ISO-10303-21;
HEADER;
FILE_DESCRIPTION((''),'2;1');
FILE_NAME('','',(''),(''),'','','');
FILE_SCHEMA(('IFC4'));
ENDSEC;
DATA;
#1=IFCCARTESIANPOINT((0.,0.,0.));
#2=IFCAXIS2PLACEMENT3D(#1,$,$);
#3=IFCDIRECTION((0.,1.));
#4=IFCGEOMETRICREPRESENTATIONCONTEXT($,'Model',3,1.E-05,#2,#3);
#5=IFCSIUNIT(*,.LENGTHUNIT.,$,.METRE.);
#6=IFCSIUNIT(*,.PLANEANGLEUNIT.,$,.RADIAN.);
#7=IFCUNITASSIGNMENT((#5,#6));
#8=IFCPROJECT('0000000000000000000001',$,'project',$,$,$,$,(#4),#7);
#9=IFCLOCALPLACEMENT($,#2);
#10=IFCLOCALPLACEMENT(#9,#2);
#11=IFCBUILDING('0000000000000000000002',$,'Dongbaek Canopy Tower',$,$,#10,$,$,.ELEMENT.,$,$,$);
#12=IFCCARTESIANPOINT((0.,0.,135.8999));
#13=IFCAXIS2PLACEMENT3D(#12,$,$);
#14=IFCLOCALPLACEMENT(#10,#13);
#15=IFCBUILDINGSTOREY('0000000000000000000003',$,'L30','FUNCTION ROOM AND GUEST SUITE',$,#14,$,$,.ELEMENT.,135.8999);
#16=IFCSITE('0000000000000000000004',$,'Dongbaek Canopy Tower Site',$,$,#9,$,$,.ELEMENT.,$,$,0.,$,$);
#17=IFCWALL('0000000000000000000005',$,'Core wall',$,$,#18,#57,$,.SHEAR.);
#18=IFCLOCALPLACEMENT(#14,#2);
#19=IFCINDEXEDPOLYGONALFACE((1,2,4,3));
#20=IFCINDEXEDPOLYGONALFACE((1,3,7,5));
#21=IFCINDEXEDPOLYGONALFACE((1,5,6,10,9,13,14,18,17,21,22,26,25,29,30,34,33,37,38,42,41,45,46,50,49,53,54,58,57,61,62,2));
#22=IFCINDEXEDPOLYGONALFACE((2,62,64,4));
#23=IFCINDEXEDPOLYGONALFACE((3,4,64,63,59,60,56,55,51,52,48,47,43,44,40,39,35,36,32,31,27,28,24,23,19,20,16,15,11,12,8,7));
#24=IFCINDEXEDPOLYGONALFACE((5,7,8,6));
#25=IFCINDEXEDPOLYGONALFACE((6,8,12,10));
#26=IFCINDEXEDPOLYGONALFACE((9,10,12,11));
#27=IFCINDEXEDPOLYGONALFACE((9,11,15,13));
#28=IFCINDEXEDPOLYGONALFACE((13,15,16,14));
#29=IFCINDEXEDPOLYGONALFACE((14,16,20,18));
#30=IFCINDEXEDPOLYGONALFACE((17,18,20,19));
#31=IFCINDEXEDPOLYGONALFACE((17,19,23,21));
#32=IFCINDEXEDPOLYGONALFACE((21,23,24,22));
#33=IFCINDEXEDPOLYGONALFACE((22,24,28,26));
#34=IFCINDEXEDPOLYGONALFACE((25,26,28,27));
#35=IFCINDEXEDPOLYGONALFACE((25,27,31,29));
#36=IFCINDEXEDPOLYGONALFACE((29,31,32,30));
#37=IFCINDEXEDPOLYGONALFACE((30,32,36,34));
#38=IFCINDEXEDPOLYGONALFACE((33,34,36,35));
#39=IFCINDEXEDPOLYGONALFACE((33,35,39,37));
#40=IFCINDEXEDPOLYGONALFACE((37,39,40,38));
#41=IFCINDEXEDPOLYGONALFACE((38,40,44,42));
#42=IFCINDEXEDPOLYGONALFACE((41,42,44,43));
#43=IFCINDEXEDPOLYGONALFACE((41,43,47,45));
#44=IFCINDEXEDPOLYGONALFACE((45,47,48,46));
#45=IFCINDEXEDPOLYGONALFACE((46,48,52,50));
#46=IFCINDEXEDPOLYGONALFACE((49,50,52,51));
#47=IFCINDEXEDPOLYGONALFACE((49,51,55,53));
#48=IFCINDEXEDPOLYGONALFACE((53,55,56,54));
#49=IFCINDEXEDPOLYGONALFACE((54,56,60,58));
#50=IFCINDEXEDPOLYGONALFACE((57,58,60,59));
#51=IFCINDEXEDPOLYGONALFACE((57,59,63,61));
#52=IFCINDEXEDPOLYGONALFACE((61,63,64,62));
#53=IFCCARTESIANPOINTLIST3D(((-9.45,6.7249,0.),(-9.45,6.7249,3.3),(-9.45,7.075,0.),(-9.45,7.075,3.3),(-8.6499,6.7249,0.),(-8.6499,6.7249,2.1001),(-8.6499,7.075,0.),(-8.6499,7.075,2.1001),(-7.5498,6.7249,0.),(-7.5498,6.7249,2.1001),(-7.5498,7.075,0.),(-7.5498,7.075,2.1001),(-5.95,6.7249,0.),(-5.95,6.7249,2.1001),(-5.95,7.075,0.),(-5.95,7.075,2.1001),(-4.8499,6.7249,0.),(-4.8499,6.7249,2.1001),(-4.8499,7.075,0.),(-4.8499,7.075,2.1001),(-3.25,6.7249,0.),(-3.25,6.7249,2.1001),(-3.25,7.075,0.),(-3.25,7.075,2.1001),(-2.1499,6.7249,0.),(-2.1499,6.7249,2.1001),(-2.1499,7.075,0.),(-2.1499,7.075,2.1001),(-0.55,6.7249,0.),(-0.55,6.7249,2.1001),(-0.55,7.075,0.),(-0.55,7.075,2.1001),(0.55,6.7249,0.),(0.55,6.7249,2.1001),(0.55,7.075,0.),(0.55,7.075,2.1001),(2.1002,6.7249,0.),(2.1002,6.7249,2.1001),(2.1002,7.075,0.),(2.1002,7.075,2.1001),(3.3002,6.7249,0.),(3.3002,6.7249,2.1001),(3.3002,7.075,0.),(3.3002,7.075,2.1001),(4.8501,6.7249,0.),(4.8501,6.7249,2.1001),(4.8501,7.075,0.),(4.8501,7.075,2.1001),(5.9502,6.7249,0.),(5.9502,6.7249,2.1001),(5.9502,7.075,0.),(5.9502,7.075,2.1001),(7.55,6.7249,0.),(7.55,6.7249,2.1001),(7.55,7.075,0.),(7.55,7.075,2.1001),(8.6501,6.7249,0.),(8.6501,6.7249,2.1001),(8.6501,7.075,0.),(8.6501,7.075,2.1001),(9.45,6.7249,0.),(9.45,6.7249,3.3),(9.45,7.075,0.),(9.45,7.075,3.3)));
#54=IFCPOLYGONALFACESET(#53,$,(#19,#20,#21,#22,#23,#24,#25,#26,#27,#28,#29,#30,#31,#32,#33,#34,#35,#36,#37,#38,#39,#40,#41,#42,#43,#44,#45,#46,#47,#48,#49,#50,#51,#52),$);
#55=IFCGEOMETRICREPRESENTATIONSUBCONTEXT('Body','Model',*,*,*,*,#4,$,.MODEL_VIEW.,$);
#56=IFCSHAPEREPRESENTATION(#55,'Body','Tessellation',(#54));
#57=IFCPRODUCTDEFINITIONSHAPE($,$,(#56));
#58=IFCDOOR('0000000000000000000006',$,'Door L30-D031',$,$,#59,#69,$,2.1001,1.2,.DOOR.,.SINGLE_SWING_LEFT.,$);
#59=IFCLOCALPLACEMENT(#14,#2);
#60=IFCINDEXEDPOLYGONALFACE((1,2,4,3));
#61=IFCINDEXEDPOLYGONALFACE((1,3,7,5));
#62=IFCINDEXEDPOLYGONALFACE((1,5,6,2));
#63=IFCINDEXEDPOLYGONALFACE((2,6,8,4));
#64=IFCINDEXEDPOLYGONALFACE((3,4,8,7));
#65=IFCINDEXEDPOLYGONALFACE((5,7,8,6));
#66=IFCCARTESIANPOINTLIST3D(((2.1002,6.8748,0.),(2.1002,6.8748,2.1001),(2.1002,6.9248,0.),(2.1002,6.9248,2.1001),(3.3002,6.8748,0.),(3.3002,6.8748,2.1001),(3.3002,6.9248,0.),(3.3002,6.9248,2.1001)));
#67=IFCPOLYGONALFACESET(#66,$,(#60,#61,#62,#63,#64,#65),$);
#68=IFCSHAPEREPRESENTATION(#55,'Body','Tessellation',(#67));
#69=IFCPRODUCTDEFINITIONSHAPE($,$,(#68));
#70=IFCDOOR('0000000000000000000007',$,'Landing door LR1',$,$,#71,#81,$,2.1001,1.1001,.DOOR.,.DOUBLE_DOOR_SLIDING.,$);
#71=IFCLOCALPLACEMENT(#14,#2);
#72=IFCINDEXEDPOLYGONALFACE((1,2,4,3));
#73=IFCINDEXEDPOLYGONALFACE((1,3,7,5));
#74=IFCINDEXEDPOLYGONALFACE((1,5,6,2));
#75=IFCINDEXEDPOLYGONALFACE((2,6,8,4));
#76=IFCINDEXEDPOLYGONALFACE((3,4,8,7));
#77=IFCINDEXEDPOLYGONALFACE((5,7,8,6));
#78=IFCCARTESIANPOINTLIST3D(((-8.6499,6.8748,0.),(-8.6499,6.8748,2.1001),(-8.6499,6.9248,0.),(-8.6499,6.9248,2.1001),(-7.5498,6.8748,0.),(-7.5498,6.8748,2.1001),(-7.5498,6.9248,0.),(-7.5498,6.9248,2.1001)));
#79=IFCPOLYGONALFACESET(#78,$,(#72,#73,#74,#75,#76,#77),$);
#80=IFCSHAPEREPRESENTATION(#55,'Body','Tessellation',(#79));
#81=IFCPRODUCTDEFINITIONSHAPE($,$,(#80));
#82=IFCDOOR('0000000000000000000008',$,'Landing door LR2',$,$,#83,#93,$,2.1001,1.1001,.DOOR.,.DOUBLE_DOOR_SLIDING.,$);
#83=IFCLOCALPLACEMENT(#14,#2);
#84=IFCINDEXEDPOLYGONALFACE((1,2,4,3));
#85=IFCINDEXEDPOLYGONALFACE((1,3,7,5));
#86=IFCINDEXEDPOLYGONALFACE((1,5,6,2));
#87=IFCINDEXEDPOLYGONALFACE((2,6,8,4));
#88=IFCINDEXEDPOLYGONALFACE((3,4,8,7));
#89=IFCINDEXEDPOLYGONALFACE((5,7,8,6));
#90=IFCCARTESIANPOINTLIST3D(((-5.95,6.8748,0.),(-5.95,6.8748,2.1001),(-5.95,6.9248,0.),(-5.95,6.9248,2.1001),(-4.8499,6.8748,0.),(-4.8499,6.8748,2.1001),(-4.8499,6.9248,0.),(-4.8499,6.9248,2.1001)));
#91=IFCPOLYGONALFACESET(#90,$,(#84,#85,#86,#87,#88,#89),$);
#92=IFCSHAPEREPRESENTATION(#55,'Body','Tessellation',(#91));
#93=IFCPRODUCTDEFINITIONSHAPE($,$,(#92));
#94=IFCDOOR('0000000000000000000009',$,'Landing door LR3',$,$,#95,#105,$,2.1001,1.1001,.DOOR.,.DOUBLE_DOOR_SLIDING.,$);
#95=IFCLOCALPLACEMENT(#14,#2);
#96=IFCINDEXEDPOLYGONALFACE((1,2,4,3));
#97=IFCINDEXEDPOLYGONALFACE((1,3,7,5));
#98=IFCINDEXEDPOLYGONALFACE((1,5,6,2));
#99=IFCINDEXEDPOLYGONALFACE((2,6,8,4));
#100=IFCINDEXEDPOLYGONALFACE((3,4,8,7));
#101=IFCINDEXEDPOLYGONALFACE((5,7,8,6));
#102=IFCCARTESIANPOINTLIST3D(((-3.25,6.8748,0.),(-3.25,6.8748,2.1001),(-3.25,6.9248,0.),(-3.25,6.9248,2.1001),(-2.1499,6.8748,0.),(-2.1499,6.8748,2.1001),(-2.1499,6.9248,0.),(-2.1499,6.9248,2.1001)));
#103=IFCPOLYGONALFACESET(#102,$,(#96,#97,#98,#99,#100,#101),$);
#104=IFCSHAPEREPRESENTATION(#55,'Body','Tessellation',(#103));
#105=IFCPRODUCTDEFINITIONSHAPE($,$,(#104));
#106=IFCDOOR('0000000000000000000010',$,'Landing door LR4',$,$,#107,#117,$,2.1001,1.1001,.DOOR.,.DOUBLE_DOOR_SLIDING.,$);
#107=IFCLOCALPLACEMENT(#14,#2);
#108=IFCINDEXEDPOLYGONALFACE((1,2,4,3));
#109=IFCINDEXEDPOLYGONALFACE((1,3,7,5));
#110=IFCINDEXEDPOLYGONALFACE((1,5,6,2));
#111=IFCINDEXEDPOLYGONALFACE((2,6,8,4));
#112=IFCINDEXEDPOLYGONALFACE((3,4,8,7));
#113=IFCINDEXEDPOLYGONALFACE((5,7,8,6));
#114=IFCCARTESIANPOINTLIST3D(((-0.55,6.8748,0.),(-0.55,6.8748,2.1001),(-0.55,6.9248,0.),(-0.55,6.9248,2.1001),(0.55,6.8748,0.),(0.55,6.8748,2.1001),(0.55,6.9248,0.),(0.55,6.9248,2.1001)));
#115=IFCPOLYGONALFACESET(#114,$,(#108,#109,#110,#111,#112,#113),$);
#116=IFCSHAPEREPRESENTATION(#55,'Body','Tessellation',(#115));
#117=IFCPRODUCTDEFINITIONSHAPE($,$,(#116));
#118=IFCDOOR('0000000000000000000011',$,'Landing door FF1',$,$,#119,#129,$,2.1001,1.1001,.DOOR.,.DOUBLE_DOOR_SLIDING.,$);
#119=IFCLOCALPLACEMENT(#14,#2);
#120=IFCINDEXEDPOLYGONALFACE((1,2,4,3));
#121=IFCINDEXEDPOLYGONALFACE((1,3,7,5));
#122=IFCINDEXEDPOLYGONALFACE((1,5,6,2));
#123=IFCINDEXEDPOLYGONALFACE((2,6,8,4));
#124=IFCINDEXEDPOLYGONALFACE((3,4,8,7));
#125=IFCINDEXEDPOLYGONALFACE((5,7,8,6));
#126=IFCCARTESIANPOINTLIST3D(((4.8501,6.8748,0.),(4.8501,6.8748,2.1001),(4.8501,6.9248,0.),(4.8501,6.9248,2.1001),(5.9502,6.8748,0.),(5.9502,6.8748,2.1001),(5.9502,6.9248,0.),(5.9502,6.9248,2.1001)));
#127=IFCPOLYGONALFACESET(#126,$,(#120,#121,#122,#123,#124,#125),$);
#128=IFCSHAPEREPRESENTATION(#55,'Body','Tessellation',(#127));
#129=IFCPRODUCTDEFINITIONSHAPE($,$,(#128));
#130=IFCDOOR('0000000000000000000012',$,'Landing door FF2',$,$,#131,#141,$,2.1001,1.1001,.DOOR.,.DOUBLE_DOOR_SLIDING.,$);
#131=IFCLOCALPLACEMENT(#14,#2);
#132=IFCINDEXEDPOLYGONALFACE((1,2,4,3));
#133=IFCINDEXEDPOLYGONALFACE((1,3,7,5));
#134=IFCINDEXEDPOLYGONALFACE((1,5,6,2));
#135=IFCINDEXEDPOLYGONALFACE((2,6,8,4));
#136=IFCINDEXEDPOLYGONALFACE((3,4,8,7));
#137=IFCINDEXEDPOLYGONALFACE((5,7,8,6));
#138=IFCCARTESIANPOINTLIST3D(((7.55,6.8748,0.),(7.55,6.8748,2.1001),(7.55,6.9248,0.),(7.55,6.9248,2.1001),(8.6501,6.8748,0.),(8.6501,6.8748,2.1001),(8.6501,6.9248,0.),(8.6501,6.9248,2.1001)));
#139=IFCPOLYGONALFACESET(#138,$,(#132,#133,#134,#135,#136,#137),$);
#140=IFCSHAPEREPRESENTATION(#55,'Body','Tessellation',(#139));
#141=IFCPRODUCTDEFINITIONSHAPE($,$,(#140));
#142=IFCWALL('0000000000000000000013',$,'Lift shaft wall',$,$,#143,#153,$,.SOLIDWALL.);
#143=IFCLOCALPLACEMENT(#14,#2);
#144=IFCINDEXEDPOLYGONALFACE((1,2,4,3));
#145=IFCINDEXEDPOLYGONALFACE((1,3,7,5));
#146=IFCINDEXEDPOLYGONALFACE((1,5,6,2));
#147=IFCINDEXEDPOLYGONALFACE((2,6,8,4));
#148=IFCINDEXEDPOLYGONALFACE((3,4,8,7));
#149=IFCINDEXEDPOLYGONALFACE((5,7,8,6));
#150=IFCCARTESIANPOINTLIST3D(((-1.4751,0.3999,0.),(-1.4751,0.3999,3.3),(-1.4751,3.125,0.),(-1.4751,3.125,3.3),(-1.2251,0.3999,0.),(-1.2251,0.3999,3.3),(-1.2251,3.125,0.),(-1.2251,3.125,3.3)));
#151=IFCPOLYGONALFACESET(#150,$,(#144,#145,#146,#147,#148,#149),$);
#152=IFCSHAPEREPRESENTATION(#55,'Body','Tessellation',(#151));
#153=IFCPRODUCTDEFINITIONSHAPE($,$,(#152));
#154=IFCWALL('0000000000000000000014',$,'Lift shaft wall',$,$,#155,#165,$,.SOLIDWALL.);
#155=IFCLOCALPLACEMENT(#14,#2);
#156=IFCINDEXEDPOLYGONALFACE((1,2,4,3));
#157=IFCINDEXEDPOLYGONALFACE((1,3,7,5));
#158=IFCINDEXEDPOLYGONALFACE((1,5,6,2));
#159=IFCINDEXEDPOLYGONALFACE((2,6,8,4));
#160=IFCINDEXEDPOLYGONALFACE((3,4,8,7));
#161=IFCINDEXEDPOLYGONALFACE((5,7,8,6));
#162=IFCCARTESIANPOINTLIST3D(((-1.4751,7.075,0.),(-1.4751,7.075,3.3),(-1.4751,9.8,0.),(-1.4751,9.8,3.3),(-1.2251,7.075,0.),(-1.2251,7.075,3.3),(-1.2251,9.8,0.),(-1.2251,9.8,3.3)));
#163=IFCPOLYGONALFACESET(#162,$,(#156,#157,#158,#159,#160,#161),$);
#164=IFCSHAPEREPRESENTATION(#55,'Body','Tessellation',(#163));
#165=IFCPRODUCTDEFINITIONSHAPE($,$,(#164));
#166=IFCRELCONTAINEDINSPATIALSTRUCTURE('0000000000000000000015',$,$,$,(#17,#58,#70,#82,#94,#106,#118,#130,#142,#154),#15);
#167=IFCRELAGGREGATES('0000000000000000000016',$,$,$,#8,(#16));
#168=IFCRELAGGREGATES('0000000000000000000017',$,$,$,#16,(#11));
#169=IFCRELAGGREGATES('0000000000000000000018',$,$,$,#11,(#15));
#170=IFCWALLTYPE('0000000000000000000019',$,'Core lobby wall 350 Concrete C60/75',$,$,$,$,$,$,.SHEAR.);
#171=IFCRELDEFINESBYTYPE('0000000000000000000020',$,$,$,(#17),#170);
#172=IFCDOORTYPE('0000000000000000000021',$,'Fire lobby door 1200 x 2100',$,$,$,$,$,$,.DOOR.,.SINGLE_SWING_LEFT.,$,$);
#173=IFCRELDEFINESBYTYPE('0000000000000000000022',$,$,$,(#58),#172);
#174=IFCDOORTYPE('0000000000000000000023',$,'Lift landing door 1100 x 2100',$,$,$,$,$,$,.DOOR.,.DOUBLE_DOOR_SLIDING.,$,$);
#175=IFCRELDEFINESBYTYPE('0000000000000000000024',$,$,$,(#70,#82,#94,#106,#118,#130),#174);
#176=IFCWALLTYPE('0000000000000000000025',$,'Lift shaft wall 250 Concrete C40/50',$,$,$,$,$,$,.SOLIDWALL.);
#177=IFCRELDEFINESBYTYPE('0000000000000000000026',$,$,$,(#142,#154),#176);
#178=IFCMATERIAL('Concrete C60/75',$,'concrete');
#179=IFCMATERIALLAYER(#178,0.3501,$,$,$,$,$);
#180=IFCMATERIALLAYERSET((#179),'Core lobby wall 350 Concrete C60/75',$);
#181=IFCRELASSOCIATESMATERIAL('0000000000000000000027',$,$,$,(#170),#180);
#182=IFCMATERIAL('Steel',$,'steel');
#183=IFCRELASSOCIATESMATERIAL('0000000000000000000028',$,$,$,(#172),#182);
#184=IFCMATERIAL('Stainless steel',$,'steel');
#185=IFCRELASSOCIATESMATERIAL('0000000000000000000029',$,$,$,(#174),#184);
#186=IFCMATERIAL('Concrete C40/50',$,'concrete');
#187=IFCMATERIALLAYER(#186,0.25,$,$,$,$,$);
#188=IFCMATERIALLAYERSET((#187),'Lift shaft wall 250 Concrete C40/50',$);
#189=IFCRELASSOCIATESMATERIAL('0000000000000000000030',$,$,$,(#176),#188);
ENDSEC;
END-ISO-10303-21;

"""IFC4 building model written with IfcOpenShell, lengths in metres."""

from ifc_helpers import new_model, si_unit, direction, frame, frame_2d, origin, place, context, subcontext, project, spatial, rectangle, extrude, material, layer, layer_set, type_object, element, fill, save


model = new_model("IFC4")

# Units and contexts
model_context = context("Model", 3, precision=1e-05, world=origin(), true_north=direction((0.0, 1.0)))
body_context = subcontext(model_context, "Body", "Model", "MODEL_VIEW")
ifc_project = project(units=[si_unit("LENGTHUNIT", "METRE"), si_unit("PLANEANGLEUNIT", "RADIAN")], contexts=[model_context])

# Site, building, storey
site_placement = place(None, origin())
site = spatial("IfcSite", under=ifc_project, at=site_placement, Name="Dongbaek Canopy Tower Site", CompositionType="ELEMENT", RefElevation=0.0)
building_placement = place(site_placement, origin())
building = spatial("IfcBuilding", under=site, at=building_placement, Name="Dongbaek Canopy Tower", CompositionType="ELEMENT")
storey_placement = place(building_placement, frame((0.0, 0.0, 135.8999)))
storey = spatial("IfcBuildingStorey", under=building, at=storey_placement, Name="L30", Description="FUNCTION ROOM AND GUEST SUITE", CompositionType="ELEMENT", Elevation=135.8999)

# Wall, openings, doors
ifc_material_1 = material(Name="Concrete C60/75", Category="concrete")
ifc_layer_1 = layer(ifc_material_1, 0.3501)
ifc_layer_set_1 = layer_set([ifc_layer_1], Name="Core lobby wall 350 Concrete C60/75")
wall_type_1 = type_object("IfcWallType", Name="Core lobby wall 350 Concrete C60/75", PredefinedType="SHEAR", material=ifc_layer_set_1)
wall_1_placement = place(storey_placement, frame((-9.45, 6.8999, 0.0), z_axis=(0.0, 0.0, 1.0), x_axis=(1.0, 0.0, 0.0)))
wall_1 = element("IfcWall", 1, at=wall_1_placement, inside=storey, type_object=wall_type_1, Name="Core wall", PredefinedType="SHEAR", context=body_context, shape_type="SweptSolid", body=[
    extrude(rectangle(XDim=18.8999, YDim=0.3501, at=frame_2d((9.45, 0.0))), origin(), (0.0, 0.0, 1.0), 3.3),
])
opening_1_placement = place(wall_1_placement, frame((0.8, 0.0, 0.0)))
opening_1 = element("IfcOpeningElement", 2, at=opening_1_placement, cuts=wall_1, PredefinedType="OPENING", context=body_context, shape_type="SweptSolid", body=[
    extrude(rectangle(XDim=1.1001, YDim=2.1001, at=frame_2d((0.55, 1.05))), frame((0.0, 0.1851, 0.0), z_axis=(0.0, -1.0, 0.0), x_axis=(1.0, 0.0, 0.0)), (0.0, 0.0, 1.0), 0.3701),
])
opening_2_placement = place(wall_1_placement, frame((3.5, 0.0, 0.0)))
opening_2 = element("IfcOpeningElement", 3, at=opening_2_placement, cuts=wall_1, PredefinedType="OPENING", context=body_context, shape_type="SweptSolid", body=[
    extrude(rectangle(XDim=1.1001, YDim=2.1001, at=frame_2d((0.55, 1.05))), frame((0.0, 0.1851, 0.0), z_axis=(0.0, -1.0, 0.0), x_axis=(1.0, 0.0, 0.0)), (0.0, 0.0, 1.0), 0.3701),
])
opening_3_placement = place(wall_1_placement, frame((6.2, 0.0, 0.0)))
opening_3 = element("IfcOpeningElement", 4, at=opening_3_placement, cuts=wall_1, PredefinedType="OPENING", context=body_context, shape_type="SweptSolid", body=[
    extrude(rectangle(XDim=1.1001, YDim=2.1001, at=frame_2d((0.55, 1.05))), frame((0.0, 0.1851, 0.0), z_axis=(0.0, -1.0, 0.0), x_axis=(1.0, 0.0, 0.0)), (0.0, 0.0, 1.0), 0.3701),
])
opening_4_placement = place(wall_1_placement, frame((8.8999, 0.0, 0.0)))
opening_4 = element("IfcOpeningElement", 5, at=opening_4_placement, cuts=wall_1, PredefinedType="OPENING", context=body_context, shape_type="SweptSolid", body=[
    extrude(rectangle(XDim=1.1001, YDim=2.1001, at=frame_2d((0.55, 1.05))), frame((0.0, 0.1851, 0.0), z_axis=(0.0, -1.0, 0.0), x_axis=(1.0, 0.0, 0.0)), (0.0, 0.0, 1.0), 0.3701),
])
opening_5_placement = place(wall_1_placement, frame((11.55, 0.0, 0.0)))
opening_5 = element("IfcOpeningElement", 6, at=opening_5_placement, cuts=wall_1, PredefinedType="OPENING", context=body_context, shape_type="SweptSolid", body=[
    extrude(rectangle(XDim=1.2, YDim=2.1001, at=frame_2d((0.6001, 1.05))), frame((0.0, 0.1851, 0.0), z_axis=(0.0, -1.0, 0.0), x_axis=(1.0, 0.0, 0.0)), (0.0, 0.0, 1.0), 0.3701),
])
opening_6_placement = place(wall_1_placement, frame((14.3, 0.0, 0.0)))
opening_6 = element("IfcOpeningElement", 7, at=opening_6_placement, cuts=wall_1, PredefinedType="OPENING", context=body_context, shape_type="SweptSolid", body=[
    extrude(rectangle(XDim=1.1001, YDim=2.1001, at=frame_2d((0.55, 1.05))), frame((0.0, 0.1851, 0.0), z_axis=(0.0, -1.0, 0.0), x_axis=(1.0, 0.0, 0.0)), (0.0, 0.0, 1.0), 0.3701),
])
opening_7_placement = place(wall_1_placement, frame((17.0, 0.0, 0.0)))
opening_7 = element("IfcOpeningElement", 8, at=opening_7_placement, cuts=wall_1, PredefinedType="OPENING", context=body_context, shape_type="SweptSolid", body=[
    extrude(rectangle(XDim=1.1001, YDim=2.1001, at=frame_2d((0.55, 1.05))), frame((0.0, 0.1851, 0.0), z_axis=(0.0, -1.0, 0.0), x_axis=(1.0, 0.0, 0.0)), (0.0, 0.0, 1.0), 0.3701),
])
ifc_material_2 = material(Name="Steel", Category="steel")
door_type_1 = type_object("IfcDoorType", Name="Fire lobby door 1200 x 2100", OperationType="SINGLE_SWING_LEFT", PredefinedType="DOOR", material=ifc_material_2)
door_1_placement = place(opening_5_placement, origin())
door_1 = element("IfcDoor", 9, at=door_1_placement, inside=storey, type_object=door_type_1, Name="Door L30-D031", OperationType="SINGLE_SWING_LEFT", OverallHeight=2.1001, OverallWidth=1.2, PredefinedType="DOOR", context=body_context, shape_type="SweptSolid", body=[
    extrude(rectangle(XDim=1.2, YDim=2.1001, at=frame_2d((0.6001, 1.05))), frame((0.0, 0.0249, 0.0), z_axis=(0.0, -1.0, 0.0), x_axis=(1.0, 0.0, 0.0)), (0.0, 0.0, 1.0), 0.05),
])
fill(opening_5, door_1)
ifc_material_3 = material(Name="Stainless steel", Category="steel")
door_type_2 = type_object("IfcDoorType", Name="Lift landing door 1100 x 2100", OperationType="DOUBLE_DOOR_SLIDING", PredefinedType="DOOR", material=ifc_material_3)
door_2_placement = place(opening_1_placement, origin())
door_2 = element("IfcDoor", 10, at=door_2_placement, inside=storey, type_object=door_type_2, Name="Landing door LR1", OperationType="DOUBLE_DOOR_SLIDING", OverallHeight=2.1001, OverallWidth=1.1001, PredefinedType="DOOR", context=body_context, shape_type="SweptSolid", body=[
    extrude(rectangle(XDim=1.1001, YDim=2.1001, at=frame_2d((0.55, 1.05))), frame((0.0, 0.0249, 0.0), z_axis=(0.0, -1.0, 0.0), x_axis=(1.0, 0.0, 0.0)), (0.0, 0.0, 1.0), 0.05),
])
fill(opening_1, door_2)
door_3_placement = place(opening_2_placement, origin())
door_3 = element("IfcDoor", 11, at=door_3_placement, inside=storey, type_object=door_type_2, Name="Landing door LR2", OperationType="DOUBLE_DOOR_SLIDING", OverallHeight=2.1001, OverallWidth=1.1001, PredefinedType="DOOR", context=body_context, shape_type="SweptSolid", body=[
    extrude(rectangle(XDim=1.1001, YDim=2.1001, at=frame_2d((0.55, 1.05))), frame((0.0, 0.0249, 0.0), z_axis=(0.0, -1.0, 0.0), x_axis=(1.0, 0.0, 0.0)), (0.0, 0.0, 1.0), 0.05),
])
fill(opening_2, door_3)
door_4_placement = place(opening_3_placement, origin())
door_4 = element("IfcDoor", 12, at=door_4_placement, inside=storey, type_object=door_type_2, Name="Landing door LR3", OperationType="DOUBLE_DOOR_SLIDING", OverallHeight=2.1001, OverallWidth=1.1001, PredefinedType="DOOR", context=body_context, shape_type="SweptSolid", body=[
    extrude(rectangle(XDim=1.1001, YDim=2.1001, at=frame_2d((0.55, 1.05))), frame((0.0, 0.0249, 0.0), z_axis=(0.0, -1.0, 0.0), x_axis=(1.0, 0.0, 0.0)), (0.0, 0.0, 1.0), 0.05),
])
fill(opening_3, door_4)
door_5_placement = place(opening_4_placement, origin())
door_5 = element("IfcDoor", 13, at=door_5_placement, inside=storey, type_object=door_type_2, Name="Landing door LR4", OperationType="DOUBLE_DOOR_SLIDING", OverallHeight=2.1001, OverallWidth=1.1001, PredefinedType="DOOR", context=body_context, shape_type="SweptSolid", body=[
    extrude(rectangle(XDim=1.1001, YDim=2.1001, at=frame_2d((0.55, 1.05))), frame((0.0, 0.0249, 0.0), z_axis=(0.0, -1.0, 0.0), x_axis=(1.0, 0.0, 0.0)), (0.0, 0.0, 1.0), 0.05),
])
fill(opening_4, door_5)
door_6_placement = place(opening_6_placement, origin())
door_6 = element("IfcDoor", 14, at=door_6_placement, inside=storey, type_object=door_type_2, Name="Landing door FF1", OperationType="DOUBLE_DOOR_SLIDING", OverallHeight=2.1001, OverallWidth=1.1001, PredefinedType="DOOR", context=body_context, shape_type="SweptSolid", body=[
    extrude(rectangle(XDim=1.1001, YDim=2.1001, at=frame_2d((0.55, 1.05))), frame((0.0, 0.0249, 0.0), z_axis=(0.0, -1.0, 0.0), x_axis=(1.0, 0.0, 0.0)), (0.0, 0.0, 1.0), 0.05),
])
fill(opening_6, door_6)
door_7_placement = place(opening_7_placement, origin())
door_7 = element("IfcDoor", 15, at=door_7_placement, inside=storey, type_object=door_type_2, Name="Landing door FF2", OperationType="DOUBLE_DOOR_SLIDING", OverallHeight=2.1001, OverallWidth=1.1001, PredefinedType="DOOR", context=body_context, shape_type="SweptSolid", body=[
    extrude(rectangle(XDim=1.1001, YDim=2.1001, at=frame_2d((0.55, 1.05))), frame((0.0, 0.0249, 0.0), z_axis=(0.0, -1.0, 0.0), x_axis=(1.0, 0.0, 0.0)), (0.0, 0.0, 1.0), 0.05),
])
fill(opening_7, door_7)

# Walls
ifc_material_4 = material(Name="Concrete C40/50", Category="concrete")
ifc_layer_2 = layer(ifc_material_4, 0.25)
ifc_layer_set_2 = layer_set([ifc_layer_2], Name="Lift shaft wall 250 Concrete C40/50")
wall_type_2 = type_object("IfcWallType", Name="Lift shaft wall 250 Concrete C40/50", PredefinedType="SOLIDWALL", material=ifc_layer_set_2)
for number, where, z_axis, x_axis, name in (
    (16, (-1.3501, 0.3999, 0.0), (0.0, 0.0, 1.0), (0.0, 1.0, 0.0), "Lift shaft wall"),
    (17, (-1.3501, 7.075, 0.0), (0.0, 0.0, 1.0), (0.0, 1.0, 0.0), "Lift shaft wall"),
):
    element("IfcWall", number, at=place(storey_placement, frame(where, z_axis=z_axis, x_axis=x_axis)), inside=storey, type_object=wall_type_2, Name=name, PredefinedType="SOLIDWALL", context=body_context, shape_type="SweptSolid", body=[
        extrude(rectangle(XDim=2.7251, YDim=0.25, at=frame_2d((1.3625, 0.0))), origin(), (0.0, 0.0, 1.0), 3.3),
    ])

save(model, "model.ifc")
